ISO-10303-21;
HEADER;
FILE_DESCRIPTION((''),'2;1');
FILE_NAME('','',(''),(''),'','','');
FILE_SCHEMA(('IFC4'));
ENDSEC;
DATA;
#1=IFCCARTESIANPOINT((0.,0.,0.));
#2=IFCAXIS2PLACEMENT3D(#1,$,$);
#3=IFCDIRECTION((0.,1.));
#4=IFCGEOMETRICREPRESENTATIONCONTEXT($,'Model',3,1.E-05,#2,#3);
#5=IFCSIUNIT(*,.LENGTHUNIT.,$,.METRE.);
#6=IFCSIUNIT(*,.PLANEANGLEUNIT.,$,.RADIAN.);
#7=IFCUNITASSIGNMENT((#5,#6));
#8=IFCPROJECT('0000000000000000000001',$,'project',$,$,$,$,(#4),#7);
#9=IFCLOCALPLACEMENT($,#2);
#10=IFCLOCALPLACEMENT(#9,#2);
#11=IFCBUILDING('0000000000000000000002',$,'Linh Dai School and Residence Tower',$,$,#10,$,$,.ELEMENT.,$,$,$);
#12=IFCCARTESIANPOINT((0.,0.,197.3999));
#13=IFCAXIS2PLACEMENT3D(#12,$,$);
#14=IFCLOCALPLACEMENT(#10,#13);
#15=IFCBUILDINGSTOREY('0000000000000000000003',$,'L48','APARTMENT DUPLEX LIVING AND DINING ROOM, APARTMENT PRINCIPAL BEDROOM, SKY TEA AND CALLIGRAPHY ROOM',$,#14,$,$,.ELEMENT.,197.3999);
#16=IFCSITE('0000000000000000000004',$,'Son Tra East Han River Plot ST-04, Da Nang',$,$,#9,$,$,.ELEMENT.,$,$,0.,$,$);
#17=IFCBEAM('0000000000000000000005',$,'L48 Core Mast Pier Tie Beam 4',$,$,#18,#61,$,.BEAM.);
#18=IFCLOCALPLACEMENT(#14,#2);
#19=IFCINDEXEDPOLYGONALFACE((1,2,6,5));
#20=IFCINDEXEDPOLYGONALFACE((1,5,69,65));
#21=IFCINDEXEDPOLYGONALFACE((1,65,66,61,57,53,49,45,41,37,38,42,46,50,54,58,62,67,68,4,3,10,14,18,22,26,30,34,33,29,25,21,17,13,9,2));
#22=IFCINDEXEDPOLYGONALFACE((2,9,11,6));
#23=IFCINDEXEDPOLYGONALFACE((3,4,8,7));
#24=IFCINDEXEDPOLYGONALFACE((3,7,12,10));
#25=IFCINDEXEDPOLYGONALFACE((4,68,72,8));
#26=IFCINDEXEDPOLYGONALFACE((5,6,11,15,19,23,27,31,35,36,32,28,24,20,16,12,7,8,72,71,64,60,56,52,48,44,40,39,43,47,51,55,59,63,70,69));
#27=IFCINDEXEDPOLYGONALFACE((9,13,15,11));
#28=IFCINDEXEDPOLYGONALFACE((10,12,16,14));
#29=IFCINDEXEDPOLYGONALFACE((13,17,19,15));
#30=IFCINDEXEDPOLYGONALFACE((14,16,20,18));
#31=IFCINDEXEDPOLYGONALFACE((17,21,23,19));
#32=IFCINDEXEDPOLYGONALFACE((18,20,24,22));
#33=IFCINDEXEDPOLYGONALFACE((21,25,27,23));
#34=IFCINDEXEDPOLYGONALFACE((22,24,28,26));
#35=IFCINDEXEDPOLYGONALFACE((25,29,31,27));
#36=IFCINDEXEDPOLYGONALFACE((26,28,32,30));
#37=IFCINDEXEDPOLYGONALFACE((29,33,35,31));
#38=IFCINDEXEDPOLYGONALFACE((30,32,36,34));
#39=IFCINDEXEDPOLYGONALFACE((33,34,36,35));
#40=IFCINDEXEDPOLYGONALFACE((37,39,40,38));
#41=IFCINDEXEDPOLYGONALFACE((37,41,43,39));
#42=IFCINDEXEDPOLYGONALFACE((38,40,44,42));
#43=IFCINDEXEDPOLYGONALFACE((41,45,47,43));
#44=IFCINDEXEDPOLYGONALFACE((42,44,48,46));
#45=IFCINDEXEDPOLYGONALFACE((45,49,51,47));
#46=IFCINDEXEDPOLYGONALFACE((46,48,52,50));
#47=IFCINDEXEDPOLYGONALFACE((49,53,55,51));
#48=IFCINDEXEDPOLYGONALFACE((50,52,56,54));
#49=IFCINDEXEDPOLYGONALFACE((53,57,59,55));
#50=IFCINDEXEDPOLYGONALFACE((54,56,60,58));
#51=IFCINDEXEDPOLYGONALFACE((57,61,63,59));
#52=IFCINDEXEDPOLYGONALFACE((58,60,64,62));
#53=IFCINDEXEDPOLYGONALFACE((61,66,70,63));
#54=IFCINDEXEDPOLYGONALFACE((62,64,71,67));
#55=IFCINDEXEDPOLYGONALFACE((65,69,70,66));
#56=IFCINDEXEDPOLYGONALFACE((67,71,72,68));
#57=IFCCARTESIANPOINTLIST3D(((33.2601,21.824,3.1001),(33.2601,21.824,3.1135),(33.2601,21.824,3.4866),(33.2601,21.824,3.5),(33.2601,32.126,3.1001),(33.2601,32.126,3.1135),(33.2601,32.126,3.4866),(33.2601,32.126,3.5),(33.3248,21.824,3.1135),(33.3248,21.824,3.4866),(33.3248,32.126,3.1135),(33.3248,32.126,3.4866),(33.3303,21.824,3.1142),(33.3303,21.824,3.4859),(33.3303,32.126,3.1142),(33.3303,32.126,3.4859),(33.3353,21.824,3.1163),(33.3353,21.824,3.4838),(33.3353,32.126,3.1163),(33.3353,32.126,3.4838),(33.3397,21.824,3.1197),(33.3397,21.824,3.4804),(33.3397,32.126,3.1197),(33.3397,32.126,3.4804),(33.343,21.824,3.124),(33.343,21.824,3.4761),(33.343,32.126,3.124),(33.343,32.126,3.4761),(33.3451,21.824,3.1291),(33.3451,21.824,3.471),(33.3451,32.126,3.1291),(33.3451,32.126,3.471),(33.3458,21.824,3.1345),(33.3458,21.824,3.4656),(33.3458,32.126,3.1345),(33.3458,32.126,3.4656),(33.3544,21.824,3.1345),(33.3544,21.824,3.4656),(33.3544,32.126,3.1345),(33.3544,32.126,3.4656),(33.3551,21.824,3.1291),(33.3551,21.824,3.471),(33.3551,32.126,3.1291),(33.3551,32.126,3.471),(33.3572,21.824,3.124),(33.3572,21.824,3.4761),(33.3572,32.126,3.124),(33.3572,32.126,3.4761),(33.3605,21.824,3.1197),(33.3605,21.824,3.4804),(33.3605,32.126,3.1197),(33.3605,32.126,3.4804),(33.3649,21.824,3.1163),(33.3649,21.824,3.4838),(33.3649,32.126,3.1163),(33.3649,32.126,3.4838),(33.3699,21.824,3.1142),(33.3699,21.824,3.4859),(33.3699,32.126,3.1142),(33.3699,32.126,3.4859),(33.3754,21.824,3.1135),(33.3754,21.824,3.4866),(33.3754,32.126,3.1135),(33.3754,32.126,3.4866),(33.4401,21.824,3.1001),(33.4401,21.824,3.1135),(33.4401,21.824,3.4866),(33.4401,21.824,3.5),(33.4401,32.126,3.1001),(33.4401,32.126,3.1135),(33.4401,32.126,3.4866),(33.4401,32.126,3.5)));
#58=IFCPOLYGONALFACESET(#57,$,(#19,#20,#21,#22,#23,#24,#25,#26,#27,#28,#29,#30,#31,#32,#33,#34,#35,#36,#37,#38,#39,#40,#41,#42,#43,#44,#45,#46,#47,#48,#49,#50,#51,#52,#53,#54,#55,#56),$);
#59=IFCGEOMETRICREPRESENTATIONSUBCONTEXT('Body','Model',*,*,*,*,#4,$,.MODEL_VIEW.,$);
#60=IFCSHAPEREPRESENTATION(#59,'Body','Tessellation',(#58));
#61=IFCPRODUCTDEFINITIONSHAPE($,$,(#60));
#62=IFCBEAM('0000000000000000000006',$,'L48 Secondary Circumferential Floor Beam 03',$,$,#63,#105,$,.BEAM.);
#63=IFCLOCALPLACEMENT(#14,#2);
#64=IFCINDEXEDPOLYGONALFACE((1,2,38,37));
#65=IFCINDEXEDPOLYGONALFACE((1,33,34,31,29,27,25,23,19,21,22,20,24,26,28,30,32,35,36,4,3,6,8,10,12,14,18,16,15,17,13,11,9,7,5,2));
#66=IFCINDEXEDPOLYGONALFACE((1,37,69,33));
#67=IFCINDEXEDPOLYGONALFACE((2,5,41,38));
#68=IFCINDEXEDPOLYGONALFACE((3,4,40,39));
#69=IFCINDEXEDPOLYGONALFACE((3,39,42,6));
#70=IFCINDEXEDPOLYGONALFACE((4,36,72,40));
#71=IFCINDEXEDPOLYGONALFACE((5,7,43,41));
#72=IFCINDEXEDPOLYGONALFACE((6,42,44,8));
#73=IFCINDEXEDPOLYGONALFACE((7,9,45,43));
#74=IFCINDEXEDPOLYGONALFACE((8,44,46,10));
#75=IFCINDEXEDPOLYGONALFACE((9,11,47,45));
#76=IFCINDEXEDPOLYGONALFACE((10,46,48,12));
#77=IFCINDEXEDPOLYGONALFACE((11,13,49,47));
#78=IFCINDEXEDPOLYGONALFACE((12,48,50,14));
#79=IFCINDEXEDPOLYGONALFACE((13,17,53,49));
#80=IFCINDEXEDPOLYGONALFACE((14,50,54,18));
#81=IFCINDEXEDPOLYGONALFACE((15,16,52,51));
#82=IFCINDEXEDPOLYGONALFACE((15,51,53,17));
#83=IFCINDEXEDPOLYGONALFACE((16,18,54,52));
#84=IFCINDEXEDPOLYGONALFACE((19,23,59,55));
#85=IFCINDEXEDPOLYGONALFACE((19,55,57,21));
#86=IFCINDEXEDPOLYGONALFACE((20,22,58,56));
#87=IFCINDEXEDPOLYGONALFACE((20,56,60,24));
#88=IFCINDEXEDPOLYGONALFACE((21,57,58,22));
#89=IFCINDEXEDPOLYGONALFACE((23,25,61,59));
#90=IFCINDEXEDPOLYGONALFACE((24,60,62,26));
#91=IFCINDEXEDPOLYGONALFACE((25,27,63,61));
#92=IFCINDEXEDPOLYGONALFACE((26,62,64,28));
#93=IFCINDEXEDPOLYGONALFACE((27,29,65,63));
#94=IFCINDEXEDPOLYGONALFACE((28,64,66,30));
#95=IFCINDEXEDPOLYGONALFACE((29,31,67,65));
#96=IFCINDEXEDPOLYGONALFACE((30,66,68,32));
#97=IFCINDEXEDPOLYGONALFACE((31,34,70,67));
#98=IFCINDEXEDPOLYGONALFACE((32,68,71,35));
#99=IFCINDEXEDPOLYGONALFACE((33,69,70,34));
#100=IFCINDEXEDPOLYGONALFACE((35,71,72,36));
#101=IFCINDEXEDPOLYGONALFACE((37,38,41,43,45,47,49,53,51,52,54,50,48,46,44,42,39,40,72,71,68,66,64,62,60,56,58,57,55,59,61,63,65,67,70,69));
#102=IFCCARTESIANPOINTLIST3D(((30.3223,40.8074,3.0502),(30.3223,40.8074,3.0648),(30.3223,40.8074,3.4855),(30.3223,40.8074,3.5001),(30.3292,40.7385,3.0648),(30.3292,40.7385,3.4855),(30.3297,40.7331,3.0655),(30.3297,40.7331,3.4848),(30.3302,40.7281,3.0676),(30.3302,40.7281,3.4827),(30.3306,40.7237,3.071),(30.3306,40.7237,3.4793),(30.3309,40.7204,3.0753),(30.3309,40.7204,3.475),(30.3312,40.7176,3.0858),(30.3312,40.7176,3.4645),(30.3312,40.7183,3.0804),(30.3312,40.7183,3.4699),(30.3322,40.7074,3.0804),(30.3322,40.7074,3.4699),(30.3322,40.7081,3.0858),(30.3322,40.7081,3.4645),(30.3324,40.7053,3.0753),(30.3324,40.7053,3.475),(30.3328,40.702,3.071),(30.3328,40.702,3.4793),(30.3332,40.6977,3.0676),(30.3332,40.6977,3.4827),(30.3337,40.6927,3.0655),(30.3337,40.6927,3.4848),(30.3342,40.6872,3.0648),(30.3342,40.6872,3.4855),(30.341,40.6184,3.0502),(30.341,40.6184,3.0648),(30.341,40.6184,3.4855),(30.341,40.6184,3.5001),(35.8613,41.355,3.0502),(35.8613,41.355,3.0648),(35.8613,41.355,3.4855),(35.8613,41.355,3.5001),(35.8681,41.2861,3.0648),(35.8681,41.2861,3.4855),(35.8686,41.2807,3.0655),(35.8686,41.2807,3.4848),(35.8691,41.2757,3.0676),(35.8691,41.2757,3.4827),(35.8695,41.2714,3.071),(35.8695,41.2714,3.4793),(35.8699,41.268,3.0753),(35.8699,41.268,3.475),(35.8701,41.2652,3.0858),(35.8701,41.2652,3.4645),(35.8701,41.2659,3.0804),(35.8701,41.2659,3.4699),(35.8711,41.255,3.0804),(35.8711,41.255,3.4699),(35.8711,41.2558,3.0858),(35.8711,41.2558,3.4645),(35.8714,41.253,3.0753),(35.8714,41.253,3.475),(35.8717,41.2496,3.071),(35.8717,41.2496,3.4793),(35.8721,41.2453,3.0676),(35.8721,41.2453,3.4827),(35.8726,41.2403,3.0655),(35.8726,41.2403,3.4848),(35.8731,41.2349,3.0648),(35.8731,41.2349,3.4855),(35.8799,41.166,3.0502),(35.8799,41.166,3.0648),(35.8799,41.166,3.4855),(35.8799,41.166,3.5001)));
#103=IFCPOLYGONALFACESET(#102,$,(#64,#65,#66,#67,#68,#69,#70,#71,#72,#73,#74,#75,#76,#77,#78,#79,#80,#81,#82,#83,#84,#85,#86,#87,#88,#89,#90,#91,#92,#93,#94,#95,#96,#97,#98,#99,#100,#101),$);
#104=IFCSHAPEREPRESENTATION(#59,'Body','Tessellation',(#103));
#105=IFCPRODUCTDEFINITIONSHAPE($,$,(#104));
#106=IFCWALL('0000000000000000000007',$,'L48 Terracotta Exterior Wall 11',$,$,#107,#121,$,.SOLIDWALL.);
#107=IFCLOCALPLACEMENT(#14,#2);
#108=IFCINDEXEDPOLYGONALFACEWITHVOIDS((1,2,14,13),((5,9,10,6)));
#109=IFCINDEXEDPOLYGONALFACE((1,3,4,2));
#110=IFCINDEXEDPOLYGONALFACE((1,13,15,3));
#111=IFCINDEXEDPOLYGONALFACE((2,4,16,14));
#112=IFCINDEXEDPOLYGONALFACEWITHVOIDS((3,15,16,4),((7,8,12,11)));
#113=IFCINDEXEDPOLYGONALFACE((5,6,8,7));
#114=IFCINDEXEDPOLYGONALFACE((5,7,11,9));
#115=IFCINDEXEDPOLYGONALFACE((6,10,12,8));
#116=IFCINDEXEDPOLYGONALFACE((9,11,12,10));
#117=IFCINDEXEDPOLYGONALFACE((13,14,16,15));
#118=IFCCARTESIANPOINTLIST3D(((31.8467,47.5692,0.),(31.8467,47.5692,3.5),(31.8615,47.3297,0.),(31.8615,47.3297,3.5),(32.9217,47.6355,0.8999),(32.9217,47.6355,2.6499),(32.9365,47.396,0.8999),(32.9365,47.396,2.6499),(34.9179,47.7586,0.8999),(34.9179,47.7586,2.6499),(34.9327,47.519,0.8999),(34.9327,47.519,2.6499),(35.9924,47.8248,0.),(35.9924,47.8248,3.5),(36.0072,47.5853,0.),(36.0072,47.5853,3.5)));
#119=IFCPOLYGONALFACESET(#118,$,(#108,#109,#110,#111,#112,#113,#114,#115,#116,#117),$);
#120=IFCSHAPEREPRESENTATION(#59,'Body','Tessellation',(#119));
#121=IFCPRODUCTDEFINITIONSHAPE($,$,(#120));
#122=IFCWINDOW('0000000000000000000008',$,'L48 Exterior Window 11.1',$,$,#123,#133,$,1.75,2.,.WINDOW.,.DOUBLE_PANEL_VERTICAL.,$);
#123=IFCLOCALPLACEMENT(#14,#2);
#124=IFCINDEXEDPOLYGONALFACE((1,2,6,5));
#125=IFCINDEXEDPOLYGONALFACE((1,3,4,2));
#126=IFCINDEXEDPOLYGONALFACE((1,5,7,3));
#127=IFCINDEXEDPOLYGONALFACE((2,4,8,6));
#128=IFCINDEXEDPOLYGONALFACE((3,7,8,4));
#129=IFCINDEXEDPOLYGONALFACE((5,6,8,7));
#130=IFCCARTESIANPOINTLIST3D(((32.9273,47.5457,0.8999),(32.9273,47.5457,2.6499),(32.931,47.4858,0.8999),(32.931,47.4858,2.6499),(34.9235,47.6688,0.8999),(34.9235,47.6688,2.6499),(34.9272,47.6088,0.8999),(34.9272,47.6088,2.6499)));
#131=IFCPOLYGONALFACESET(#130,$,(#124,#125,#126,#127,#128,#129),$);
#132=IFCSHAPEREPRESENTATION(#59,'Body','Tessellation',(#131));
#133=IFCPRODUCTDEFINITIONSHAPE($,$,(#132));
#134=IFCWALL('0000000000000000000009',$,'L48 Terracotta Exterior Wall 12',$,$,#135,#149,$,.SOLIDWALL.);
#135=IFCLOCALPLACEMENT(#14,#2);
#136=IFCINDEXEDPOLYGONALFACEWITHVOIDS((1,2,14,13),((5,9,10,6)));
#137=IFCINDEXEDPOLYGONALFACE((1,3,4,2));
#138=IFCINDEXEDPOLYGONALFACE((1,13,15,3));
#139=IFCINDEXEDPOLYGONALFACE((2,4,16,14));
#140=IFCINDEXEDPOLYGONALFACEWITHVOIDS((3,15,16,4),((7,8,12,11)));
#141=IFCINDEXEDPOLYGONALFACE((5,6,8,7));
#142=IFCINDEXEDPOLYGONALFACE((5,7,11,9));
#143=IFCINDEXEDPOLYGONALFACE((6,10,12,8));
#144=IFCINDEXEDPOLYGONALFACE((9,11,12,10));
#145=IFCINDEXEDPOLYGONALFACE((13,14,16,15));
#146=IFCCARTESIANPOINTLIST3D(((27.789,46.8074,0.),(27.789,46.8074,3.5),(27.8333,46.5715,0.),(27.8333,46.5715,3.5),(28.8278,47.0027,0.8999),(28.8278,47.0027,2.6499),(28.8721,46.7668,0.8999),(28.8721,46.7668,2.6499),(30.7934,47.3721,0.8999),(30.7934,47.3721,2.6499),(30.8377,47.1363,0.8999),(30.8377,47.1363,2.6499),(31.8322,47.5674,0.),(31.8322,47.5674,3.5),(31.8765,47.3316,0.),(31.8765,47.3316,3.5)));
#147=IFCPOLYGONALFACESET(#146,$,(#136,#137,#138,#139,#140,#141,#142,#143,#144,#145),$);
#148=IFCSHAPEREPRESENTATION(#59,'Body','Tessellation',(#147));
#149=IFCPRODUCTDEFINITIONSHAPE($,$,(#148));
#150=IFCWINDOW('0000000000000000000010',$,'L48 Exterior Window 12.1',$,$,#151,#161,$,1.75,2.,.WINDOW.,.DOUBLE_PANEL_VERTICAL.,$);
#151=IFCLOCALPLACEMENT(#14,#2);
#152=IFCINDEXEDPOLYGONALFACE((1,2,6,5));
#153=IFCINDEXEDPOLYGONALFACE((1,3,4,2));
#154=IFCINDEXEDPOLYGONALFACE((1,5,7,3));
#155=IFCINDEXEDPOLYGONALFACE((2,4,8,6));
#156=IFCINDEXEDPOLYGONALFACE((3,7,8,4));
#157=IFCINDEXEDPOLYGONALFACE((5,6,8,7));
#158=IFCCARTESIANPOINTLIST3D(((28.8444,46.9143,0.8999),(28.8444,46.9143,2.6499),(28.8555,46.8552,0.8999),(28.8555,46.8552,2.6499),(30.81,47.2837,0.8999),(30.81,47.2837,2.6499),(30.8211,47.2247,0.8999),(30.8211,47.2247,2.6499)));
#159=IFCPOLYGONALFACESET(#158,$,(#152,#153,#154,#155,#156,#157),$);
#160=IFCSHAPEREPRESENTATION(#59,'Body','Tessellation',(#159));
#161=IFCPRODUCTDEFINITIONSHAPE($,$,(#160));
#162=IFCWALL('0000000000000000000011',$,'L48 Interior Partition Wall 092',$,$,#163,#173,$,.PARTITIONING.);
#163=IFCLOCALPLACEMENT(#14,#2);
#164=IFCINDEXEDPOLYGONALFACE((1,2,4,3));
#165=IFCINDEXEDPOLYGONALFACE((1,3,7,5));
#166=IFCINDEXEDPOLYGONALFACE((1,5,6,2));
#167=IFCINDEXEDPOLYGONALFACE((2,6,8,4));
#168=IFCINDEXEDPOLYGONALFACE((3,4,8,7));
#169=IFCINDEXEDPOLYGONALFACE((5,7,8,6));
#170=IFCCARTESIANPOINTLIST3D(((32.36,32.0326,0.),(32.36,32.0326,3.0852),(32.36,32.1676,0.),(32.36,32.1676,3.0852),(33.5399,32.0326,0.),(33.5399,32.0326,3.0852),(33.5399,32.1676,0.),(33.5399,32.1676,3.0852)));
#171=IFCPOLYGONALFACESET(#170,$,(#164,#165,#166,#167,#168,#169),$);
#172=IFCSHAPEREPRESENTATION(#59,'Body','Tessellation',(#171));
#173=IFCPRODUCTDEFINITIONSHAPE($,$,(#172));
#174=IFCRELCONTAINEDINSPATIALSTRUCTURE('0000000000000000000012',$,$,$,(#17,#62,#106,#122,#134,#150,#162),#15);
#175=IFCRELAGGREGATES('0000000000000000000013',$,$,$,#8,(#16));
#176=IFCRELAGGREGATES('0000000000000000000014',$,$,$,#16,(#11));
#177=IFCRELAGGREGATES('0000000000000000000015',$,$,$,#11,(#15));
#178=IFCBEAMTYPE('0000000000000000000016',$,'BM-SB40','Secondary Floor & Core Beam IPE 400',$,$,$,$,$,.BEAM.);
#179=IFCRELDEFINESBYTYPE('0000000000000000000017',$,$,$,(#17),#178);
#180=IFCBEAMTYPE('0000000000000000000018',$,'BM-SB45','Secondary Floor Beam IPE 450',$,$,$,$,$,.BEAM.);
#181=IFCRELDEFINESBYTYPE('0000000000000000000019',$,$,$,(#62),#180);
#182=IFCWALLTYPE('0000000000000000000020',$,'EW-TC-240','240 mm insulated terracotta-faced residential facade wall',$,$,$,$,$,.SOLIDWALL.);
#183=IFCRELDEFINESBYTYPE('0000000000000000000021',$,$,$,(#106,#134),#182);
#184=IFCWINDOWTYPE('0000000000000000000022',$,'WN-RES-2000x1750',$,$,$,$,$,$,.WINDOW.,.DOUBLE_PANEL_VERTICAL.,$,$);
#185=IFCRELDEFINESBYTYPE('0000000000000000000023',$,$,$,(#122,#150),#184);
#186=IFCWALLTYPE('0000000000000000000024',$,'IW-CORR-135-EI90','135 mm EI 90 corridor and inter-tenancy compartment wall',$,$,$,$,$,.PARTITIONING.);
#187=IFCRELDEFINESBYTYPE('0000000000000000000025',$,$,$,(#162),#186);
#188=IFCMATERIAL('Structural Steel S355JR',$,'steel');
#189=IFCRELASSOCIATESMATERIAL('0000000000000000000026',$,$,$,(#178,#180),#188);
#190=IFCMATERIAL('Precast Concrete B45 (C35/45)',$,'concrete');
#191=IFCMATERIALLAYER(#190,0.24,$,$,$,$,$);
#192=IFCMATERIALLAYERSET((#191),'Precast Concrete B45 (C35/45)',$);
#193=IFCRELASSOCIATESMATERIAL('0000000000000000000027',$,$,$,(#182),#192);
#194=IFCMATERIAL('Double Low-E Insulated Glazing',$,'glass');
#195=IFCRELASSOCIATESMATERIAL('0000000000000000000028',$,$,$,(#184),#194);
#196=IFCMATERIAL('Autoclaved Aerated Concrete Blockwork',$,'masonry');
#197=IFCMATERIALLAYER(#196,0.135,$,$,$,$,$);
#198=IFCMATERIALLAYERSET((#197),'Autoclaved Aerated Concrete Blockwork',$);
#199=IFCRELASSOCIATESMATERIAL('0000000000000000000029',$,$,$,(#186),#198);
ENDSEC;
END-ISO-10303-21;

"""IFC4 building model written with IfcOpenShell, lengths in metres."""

from ifc_helpers import new_model, si_unit, direction, frame, frame_2d, origin, origin_2d, place, context, subcontext, project, spatial, rectangle, i_section, extrude, source, transform, mapped, material, layer, layer_set, material_profile, profile_set, type_object, element, fill, save


model = new_model("IFC4")

# Units and contexts
model_context = context("Model", 3, precision=1e-05, world=origin(), true_north=direction((0.0, 1.0)))
body_context = subcontext(model_context, "Body", "Model", "MODEL_VIEW")
ifc_project = project(units=[si_unit("LENGTHUNIT", "METRE"), si_unit("PLANEANGLEUNIT", "RADIAN")], contexts=[model_context])

# Site, building, storey
site_placement = place(None, origin())
site = spatial("IfcSite", under=ifc_project, at=site_placement, Name="Son Tra East Han River Plot ST-04, Da Nang", CompositionType="ELEMENT", RefElevation=0.0)
building_placement = place(site_placement, origin())
building = spatial("IfcBuilding", under=site, at=building_placement, Name="Linh Dai School and Residence Tower", CompositionType="ELEMENT")
storey_placement = place(building_placement, frame((0.0, 0.0, 197.3999)))
storey = spatial("IfcBuildingStorey", under=building, at=storey_placement, Name="L48", Description="APARTMENT DUPLEX LIVING AND DINING ROOM, APARTMENT PRINCIPAL BEDROOM, SKY TEA AND CALLIGRAPHY ROOM", CompositionType="ELEMENT", Elevation=197.3999)

# Shared definitions
ifc_material_1 = material(Name="Structural Steel S355JR", Category="steel")

# Beams
ifc_material_profile_1 = material_profile(ifc_material_1, i_section(OverallWidth=0.1799, OverallDepth=0.3999, WebThickness=0.0085, FlangeThickness=0.0134, FilletRadius=0.021, at=origin_2d()), Name="IPE 400")
ifc_profile_set_1 = profile_set([ifc_material_profile_1], Name="Structural Steel S355JR")
beam_type_1 = type_object("IfcBeamType", Name="BM-SB40", Description="Secondary Floor & Core Beam IPE 400", PredefinedType="BEAM", material=ifc_profile_set_1)
beam_1_placement = place(storey_placement, frame((33.3501, 32.126, 3.3), z_axis=(0.0, -1.0, 0.0), x_axis=(1.0, 0.0, 0.0)))
element("IfcBeam", 1, at=beam_1_placement, inside=storey, type_object=beam_type_1, Name="L48 Core Mast Pier Tie Beam 4", PredefinedType="BEAM", context=body_context, shape_type="SweptSolid", body=[
    extrude(i_section(OverallWidth=0.1799, OverallDepth=0.3999, WebThickness=0.0085, FlangeThickness=0.0134, FilletRadius=0.021, at=origin_2d()), origin(), (0.0, 0.0, 1.0), 10.302),
])
ifc_material_profile_2 = material_profile(ifc_material_1, i_section(OverallWidth=0.1899, OverallDepth=0.45, WebThickness=0.0095, FlangeThickness=0.0146, FilletRadius=0.021, at=origin_2d()), Name="IPE 450")
ifc_profile_set_2 = profile_set([ifc_material_profile_2], Name="Structural Steel S355JR")
beam_type_2 = type_object("IfcBeamType", Name="BM-SB45", Description="Secondary Floor Beam IPE 450", PredefinedType="BEAM", material=ifc_profile_set_2)
beam_2_placement = place(storey_placement, frame((35.8706, 41.2605, 3.2751), z_axis=(-0.995148, -0.098388, 0.0), x_axis=(0.098388, -0.995148, 0.0)))
element("IfcBeam", 2, at=beam_2_placement, inside=storey, type_object=beam_type_2, Name="L48 Secondary Circumferential Floor Beam 03", PredefinedType="BEAM", context=body_context, shape_type="SweptSolid", body=[
    extrude(i_section(OverallWidth=0.1899, OverallDepth=0.45, WebThickness=0.0095, FlangeThickness=0.0146, FilletRadius=0.021, at=origin_2d()), origin(), (0.0, 0.0, 1.0), 5.5659),
])

# Walls, openings, windows
ifc_material_2 = material(Name="Precast Concrete B45 (C35/45)", Category="concrete")
ifc_layer_1 = layer(ifc_material_2, 0.24)
ifc_layer_set_1 = layer_set([ifc_layer_1], Name="Precast Concrete B45 (C35/45)")
wall_type_1 = type_object("IfcWallType", Name="EW-TC-240", Description="240 mm insulated terracotta-faced residential facade wall", PredefinedType="SOLIDWALL", material=ifc_layer_set_1)
wall_1_placement = place(storey_placement, frame((31.8542, 47.4495, 0.0), z_axis=(0.0, 0.0, 1.0), x_axis=(0.998105, 0.06154, 0.0)))
wall_1 = element("IfcWall", 3, at=wall_1_placement, inside=storey, type_object=wall_type_1, Name="L48 Terracotta Exterior Wall 11", PredefinedType="SOLIDWALL", context=body_context, shape_type="SweptSolid", body=[
    extrude(rectangle(XDim=4.1536, YDim=0.24, at=frame_2d((2.0767, 0.0))), origin(), (0.0, 0.0, 1.0), 3.5),
])
opening_1_placement = place(wall_1_placement, frame((1.0769, 0.0, 0.8999)))
opening_1 = element("IfcOpeningElement", 4, at=opening_1_placement, cuts=wall_1, PredefinedType="OPENING", context=body_context, shape_type="SweptSolid", body=[
    extrude(rectangle(XDim=2.0, YDim=1.75, at=origin_2d()), frame((1.0, 0.1299, 0.875), z_axis=(0.0, -1.0, 0.0), x_axis=(1.0, 0.0, 0.0)), (0.0, 0.0, 1.0), 0.26),
])
ifc_material_3 = material(Name="Double Low-E Insulated Glazing", Category="glass")
window_type = type_object("IfcWindowType", Name="WN-RES-2000x1750", PartitioningType="DOUBLE_PANEL_VERTICAL", PredefinedType="WINDOW", material=ifc_material_3)
shared_shape_1 = source(origin(), body_context, "Body", "SweptSolid", [
    extrude(rectangle(XDim=2.0, YDim=1.75, at=origin_2d()), frame((1.0, 0.03, 0.875), z_axis=(0.0, -1.0, 0.0), x_axis=(1.0, 0.0, 0.0)), (0.0, 0.0, 1.0), 0.0601),
])
window_1_placement = place(opening_1_placement, origin())
window_1 = element("IfcWindow", 5, at=window_1_placement, inside=storey, type_object=window_type, Name="L48 Exterior Window 11.1", OverallHeight=1.75, OverallWidth=2.0, PartitioningType="DOUBLE_PANEL_VERTICAL", PredefinedType="WINDOW", context=body_context, shape_type="MappedRepresentation", body=[
    mapped(shared_shape_1, transform((0.0, 0.0, 0.0), x_axis=(1.0, 0.0, 0.0), y_axis=(0.0, 1.0, 0.0), z_axis=(0.0, 0.0, 1.0), scale=1.0)),
])
fill(opening_1, window_1)
wall_2_placement = place(storey_placement, frame((27.811, 46.6895, 0.0), z_axis=(0.0, 0.0, 1.0), x_axis=(0.982788, 0.184736, 0.0)))
wall_2 = element("IfcWall", 6, at=wall_2_placement, inside=storey, type_object=wall_type_1, Name="L48 Terracotta Exterior Wall 12", PredefinedType="SOLIDWALL", context=body_context, shape_type="SweptSolid", body=[
    extrude(rectangle(XDim=4.114, YDim=0.24, at=frame_2d((2.0571, 0.0))), origin(), (0.0, 0.0, 1.0), 3.5),
])
opening_2_placement = place(wall_2_placement, frame((1.0571, 0.0, 0.8999)))
opening_2 = element("IfcOpeningElement", 7, at=opening_2_placement, cuts=wall_2, PredefinedType="OPENING", context=body_context, shape_type="SweptSolid", body=[
    extrude(rectangle(XDim=2.0, YDim=1.75, at=origin_2d()), frame((1.0, 0.1299, 0.875), z_axis=(0.0, -1.0, 0.0), x_axis=(1.0, 0.0, 0.0)), (0.0, 0.0, 1.0), 0.26),
])
window_2_placement = place(opening_2_placement, origin())
window_2 = element("IfcWindow", 8, at=window_2_placement, inside=storey, type_object=window_type, Name="L48 Exterior Window 12.1", OverallHeight=1.75, OverallWidth=2.0, PartitioningType="DOUBLE_PANEL_VERTICAL", PredefinedType="WINDOW", context=body_context, shape_type="MappedRepresentation", body=[
    mapped(shared_shape_1, transform((0.0, 0.0, 0.0), x_axis=(1.0, 0.0, 0.0), y_axis=(0.0, 1.0, 0.0), z_axis=(0.0, 0.0, 1.0), scale=1.0)),
])
fill(opening_2, window_2)

# Wall
ifc_material_4 = material(Name="Autoclaved Aerated Concrete Blockwork", Category="masonry")
ifc_layer_2 = layer(ifc_material_4, 0.135)
ifc_layer_set_2 = layer_set([ifc_layer_2], Name="Autoclaved Aerated Concrete Blockwork")
wall_type_2 = type_object("IfcWallType", Name="IW-CORR-135-EI90", Description="135 mm EI 90 corridor and inter-tenancy compartment wall", PredefinedType="PARTITIONING", material=ifc_layer_set_2)
wall_3_placement = place(storey_placement, frame((32.3601, 32.1001, 0.0), z_axis=(0.0, 0.0, 1.0), x_axis=(1.0, 0.0, 0.0)))
element("IfcWall", 9, at=wall_3_placement, inside=storey, type_object=wall_type_2, Name="L48 Interior Partition Wall 092", PredefinedType="PARTITIONING", context=body_context, shape_type="SweptSolid", body=[
    extrude(rectangle(XDim=1.1799, YDim=0.135, at=frame_2d((0.5898, 0.0))), origin(), (0.0, 0.0, 1.0), 3.0852),
])

save(model, "model.ifc")
